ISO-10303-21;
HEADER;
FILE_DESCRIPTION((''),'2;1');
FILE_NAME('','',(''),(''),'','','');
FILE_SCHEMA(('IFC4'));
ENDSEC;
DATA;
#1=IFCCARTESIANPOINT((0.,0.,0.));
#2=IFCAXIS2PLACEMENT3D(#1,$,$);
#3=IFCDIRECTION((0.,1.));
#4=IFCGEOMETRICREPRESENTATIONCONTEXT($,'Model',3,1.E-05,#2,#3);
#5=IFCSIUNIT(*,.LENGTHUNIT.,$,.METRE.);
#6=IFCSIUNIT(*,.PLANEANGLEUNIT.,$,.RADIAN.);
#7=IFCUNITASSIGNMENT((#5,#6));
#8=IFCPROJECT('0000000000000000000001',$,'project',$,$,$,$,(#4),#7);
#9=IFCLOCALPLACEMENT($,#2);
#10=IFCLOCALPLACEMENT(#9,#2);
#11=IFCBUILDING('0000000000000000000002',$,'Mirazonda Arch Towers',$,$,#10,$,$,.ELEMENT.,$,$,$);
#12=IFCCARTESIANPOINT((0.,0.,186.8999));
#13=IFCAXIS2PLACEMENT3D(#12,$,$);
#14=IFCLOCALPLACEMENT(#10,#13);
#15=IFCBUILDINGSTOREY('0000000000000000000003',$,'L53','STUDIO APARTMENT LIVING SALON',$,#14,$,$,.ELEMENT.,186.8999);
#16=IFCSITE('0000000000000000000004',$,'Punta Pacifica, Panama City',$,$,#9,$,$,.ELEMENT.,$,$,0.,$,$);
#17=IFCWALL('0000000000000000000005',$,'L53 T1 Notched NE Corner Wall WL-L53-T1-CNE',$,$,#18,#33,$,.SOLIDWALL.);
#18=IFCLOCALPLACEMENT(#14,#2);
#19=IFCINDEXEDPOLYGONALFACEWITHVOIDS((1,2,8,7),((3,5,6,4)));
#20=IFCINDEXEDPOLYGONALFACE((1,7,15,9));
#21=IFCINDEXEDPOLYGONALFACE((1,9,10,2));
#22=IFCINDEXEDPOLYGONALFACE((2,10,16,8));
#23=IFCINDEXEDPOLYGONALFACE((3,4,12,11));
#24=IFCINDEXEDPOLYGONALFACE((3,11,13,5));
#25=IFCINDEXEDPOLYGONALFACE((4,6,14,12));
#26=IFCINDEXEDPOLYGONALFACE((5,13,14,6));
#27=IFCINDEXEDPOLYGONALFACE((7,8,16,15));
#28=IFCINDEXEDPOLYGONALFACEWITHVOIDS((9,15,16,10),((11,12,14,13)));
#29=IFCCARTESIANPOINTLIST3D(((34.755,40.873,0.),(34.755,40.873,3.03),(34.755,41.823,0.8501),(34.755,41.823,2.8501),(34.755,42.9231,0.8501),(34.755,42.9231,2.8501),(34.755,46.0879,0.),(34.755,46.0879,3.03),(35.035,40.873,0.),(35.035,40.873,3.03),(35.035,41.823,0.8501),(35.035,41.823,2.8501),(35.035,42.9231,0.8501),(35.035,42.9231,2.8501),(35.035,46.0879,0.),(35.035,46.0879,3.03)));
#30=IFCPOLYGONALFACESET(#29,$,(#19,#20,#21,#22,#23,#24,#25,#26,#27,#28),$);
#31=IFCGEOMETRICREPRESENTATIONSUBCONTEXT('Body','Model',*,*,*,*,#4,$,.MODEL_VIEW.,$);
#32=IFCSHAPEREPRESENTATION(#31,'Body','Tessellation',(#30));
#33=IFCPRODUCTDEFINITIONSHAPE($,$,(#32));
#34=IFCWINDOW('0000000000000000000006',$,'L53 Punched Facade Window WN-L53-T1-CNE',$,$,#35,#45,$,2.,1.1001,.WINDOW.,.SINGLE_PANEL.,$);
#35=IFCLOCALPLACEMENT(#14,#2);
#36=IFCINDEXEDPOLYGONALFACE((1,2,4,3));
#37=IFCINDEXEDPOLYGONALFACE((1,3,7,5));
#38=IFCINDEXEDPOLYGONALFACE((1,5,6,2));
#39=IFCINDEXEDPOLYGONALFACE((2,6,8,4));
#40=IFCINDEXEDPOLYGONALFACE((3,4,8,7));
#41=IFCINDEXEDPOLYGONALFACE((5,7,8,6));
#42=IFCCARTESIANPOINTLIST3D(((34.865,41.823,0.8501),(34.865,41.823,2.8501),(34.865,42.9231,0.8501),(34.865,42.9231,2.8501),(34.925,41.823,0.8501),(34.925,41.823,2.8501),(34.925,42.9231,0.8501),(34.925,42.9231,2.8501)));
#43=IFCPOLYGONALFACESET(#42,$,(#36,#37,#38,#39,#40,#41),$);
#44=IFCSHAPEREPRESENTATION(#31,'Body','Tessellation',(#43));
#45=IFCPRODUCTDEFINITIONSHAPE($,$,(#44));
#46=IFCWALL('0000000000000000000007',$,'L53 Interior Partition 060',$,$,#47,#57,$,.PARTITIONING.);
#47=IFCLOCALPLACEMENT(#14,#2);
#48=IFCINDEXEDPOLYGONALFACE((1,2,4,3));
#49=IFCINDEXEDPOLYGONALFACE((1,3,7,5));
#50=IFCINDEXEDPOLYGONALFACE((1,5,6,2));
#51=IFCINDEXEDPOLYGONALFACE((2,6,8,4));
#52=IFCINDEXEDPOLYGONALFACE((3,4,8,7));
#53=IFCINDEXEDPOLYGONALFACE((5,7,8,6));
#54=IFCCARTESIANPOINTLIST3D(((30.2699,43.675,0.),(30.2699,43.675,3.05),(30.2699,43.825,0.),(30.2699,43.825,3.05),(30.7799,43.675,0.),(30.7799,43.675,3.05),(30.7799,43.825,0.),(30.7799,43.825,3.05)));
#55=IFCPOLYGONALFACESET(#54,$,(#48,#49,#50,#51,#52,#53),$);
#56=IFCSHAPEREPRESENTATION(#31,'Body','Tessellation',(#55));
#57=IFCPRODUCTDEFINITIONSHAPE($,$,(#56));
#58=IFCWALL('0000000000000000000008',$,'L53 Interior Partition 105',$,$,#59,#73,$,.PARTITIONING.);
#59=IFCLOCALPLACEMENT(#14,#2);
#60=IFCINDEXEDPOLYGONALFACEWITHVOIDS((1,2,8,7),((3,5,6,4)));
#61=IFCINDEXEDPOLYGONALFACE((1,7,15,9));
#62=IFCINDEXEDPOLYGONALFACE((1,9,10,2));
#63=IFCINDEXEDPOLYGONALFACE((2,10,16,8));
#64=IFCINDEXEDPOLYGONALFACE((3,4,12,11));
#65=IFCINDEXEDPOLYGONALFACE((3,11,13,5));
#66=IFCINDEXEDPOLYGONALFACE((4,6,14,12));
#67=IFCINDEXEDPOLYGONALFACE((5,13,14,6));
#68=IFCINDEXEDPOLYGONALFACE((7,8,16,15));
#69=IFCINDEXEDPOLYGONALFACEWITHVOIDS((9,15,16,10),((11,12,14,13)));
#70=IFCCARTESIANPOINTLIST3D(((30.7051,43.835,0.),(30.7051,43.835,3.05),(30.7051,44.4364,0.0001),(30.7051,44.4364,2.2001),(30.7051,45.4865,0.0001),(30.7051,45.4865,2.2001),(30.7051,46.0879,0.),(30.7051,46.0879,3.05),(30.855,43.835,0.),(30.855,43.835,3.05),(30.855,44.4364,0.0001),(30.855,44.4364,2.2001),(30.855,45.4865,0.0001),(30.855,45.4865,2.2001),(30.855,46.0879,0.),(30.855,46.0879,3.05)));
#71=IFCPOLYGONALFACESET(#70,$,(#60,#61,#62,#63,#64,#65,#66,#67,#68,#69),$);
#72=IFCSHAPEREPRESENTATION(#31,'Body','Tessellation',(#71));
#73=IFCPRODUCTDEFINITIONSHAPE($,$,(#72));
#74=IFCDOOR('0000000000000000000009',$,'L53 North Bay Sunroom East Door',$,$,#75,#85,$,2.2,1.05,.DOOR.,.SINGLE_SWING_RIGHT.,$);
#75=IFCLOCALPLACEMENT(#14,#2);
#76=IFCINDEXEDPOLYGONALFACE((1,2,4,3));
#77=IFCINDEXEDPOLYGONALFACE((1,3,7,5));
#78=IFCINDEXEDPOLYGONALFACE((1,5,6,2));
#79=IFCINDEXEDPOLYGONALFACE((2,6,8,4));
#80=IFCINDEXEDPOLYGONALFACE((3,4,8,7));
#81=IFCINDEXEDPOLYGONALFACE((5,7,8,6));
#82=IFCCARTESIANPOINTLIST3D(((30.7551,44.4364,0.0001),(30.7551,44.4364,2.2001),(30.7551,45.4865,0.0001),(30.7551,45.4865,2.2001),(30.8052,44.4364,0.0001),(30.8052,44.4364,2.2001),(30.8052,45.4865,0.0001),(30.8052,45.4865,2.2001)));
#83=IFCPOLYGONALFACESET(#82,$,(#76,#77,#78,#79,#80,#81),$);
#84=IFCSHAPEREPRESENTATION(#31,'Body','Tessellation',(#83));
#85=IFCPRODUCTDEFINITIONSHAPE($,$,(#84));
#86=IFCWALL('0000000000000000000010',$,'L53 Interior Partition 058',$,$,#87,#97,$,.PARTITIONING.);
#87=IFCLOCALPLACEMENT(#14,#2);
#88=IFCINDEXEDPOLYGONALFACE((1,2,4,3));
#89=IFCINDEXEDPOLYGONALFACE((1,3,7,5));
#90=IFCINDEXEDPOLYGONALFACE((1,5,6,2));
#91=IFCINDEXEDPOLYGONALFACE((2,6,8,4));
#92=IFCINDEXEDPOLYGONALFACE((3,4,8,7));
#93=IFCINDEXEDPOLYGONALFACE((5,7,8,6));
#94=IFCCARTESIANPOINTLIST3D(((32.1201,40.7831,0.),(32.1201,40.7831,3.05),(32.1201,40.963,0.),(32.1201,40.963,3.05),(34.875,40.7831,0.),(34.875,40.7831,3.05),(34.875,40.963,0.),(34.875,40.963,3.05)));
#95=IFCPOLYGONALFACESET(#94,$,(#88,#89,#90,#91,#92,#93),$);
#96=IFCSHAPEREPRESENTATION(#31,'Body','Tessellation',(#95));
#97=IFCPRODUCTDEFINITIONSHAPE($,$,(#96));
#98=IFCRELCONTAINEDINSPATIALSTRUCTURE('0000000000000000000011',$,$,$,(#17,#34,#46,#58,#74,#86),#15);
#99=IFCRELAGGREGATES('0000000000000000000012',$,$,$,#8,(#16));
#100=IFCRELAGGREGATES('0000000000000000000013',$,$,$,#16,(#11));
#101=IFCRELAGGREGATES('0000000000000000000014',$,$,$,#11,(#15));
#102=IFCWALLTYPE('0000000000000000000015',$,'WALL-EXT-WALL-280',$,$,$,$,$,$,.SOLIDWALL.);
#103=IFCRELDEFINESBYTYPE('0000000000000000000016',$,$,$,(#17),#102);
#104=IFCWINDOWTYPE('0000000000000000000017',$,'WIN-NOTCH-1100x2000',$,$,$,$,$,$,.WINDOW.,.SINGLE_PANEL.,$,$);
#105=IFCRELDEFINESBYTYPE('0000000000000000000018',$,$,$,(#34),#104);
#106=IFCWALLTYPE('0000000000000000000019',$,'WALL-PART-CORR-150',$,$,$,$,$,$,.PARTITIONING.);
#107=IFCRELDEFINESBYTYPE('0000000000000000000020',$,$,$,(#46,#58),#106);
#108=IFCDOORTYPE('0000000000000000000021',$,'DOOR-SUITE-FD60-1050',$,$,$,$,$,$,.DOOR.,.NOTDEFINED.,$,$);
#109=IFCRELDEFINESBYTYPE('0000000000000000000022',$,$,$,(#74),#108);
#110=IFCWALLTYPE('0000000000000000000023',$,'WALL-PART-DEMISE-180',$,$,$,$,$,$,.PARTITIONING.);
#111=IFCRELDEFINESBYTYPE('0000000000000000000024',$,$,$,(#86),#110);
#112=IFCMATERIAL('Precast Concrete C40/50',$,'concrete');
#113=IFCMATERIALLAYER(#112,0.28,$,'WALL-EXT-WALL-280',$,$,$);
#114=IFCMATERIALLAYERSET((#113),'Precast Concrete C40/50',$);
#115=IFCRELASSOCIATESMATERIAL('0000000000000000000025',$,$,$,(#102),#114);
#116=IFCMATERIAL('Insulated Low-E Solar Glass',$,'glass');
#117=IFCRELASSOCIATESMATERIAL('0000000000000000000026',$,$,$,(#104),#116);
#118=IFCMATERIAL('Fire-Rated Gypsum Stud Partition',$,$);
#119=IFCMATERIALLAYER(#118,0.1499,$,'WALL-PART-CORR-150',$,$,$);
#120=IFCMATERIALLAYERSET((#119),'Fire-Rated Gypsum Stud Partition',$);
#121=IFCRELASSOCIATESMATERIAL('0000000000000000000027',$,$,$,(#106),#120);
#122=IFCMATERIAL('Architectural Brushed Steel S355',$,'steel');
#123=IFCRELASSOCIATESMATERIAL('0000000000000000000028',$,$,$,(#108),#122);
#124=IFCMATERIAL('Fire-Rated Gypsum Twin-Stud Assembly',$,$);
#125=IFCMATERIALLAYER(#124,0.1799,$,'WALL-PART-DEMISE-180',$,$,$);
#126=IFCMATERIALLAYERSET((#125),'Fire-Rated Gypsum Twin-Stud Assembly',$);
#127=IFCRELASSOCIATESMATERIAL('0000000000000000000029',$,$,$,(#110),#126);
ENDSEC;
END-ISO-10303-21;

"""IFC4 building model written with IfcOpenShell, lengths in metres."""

from ifc_helpers import new_model, si_unit, direction, frame, frame_2d, origin, place, context, subcontext, project, spatial, rectangle, extrude, material, layer, layer_set, type_object, element, fill, save


model = new_model("IFC4")

# Units and contexts
model_context = context("Model", 3, precision=1e-05, world=origin(), true_north=direction((0.0, 1.0)))
body_context = subcontext(model_context, "Body", "Model", "MODEL_VIEW")
ifc_project = project(units=[si_unit("LENGTHUNIT", "METRE"), si_unit("PLANEANGLEUNIT", "RADIAN")], contexts=[model_context])

# Site, building, storey
site_placement = place(None, origin())
site = spatial("IfcSite", under=ifc_project, at=site_placement, Name="Punta Pacifica, Panama City", CompositionType="ELEMENT", RefElevation=0.0)
building_placement = place(site_placement, origin())
building = spatial("IfcBuilding", under=site, at=building_placement, Name="Mirazonda Arch Towers", CompositionType="ELEMENT")
storey_placement = place(building_placement, frame((0.0, 0.0, 186.8999)))
storey = spatial("IfcBuildingStorey", under=building, at=storey_placement, Name="L53", Description="STUDIO APARTMENT LIVING SALON", CompositionType="ELEMENT", Elevation=186.8999)

# Shared definitions
ifc_material_1 = material(Name="Insulated Low-E Solar Glass", Category="glass")

# Wall, opening, window
ifc_material_2 = material(Name="Precast Concrete C40/50", Category="concrete")
ifc_layer_1 = layer(ifc_material_2, 0.28, Name="WALL-EXT-WALL-280")
ifc_layer_set_1 = layer_set([ifc_layer_1], Name="Precast Concrete C40/50")
wall_type_1 = type_object("IfcWallType", Name="WALL-EXT-WALL-280", PredefinedType="SOLIDWALL", material=ifc_layer_set_1)
wall_1_placement = place(storey_placement, frame((34.895, 40.873, 0.0), z_axis=(0.0, 0.0, 1.0), x_axis=(0.0, 1.0, 0.0)))
wall_1 = element("IfcWall", 1, at=wall_1_placement, inside=storey, type_object=wall_type_1, Name="L53 T1 Notched NE Corner Wall WL-L53-T1-CNE", PredefinedType="SOLIDWALL", context=body_context, shape_type="SweptSolid", body=[
    extrude(rectangle(XDim=5.2148, YDim=0.28, at=frame_2d((2.6074, 0.0))), origin(), (0.0, 0.0, 1.0), 3.03),
])
opening_1_placement = place(wall_1_placement, frame((0.95, 0.0, 0.8501)))
opening_1 = element("IfcOpeningElement", 2, at=opening_1_placement, cuts=wall_1, PredefinedType="OPENING", context=body_context, shape_type="SweptSolid", body=[
    extrude(rectangle(XDim=1.1001, YDim=2.0, at=frame_2d((0.55, 1.0))), frame((0.0, 0.1499, 0.0), z_axis=(0.0, -1.0, 0.0), x_axis=(1.0, 0.0, 0.0)), (0.0, 0.0, 1.0), 0.3),
])
window_type = type_object("IfcWindowType", Name="WIN-NOTCH-1100x2000", PartitioningType="SINGLE_PANEL", PredefinedType="WINDOW", material=ifc_material_1)
window_placement = place(opening_1_placement, origin())
window = element("IfcWindow", 3, at=window_placement, inside=storey, type_object=window_type, Name="L53 Punched Facade Window WN-L53-T1-CNE", OverallHeight=2.0, OverallWidth=1.1001, PartitioningType="SINGLE_PANEL", PredefinedType="WINDOW", context=body_context, shape_type="SweptSolid", body=[
    extrude(rectangle(XDim=1.1001, YDim=2.0, at=frame_2d((0.55, 1.0))), frame((0.0, 0.03, 0.0), z_axis=(0.0, -1.0, 0.0), x_axis=(1.0, 0.0, 0.0)), (0.0, 0.0, 1.0), 0.0601),
])
fill(opening_1, window)

# Wall
ifc_material_3 = material(Name="Fire-Rated Gypsum Stud Partition")
ifc_layer_2 = layer(ifc_material_3, 0.1499, Name="WALL-PART-CORR-150")
ifc_layer_set_2 = layer_set([ifc_layer_2], Name="Fire-Rated Gypsum Stud Partition")
wall_type_2 = type_object("IfcWallType", Name="WALL-PART-CORR-150", PredefinedType="PARTITIONING", material=ifc_layer_set_2)
wall_2_placement = place(storey_placement, frame((30.27, 43.75, 0.0), z_axis=(0.0, 0.0, 1.0), x_axis=(1.0, 0.0, 0.0)))
element("IfcWall", 4, at=wall_2_placement, inside=storey, type_object=wall_type_2, Name="L53 Interior Partition 060", PredefinedType="PARTITIONING", context=body_context, shape_type="SweptSolid", body=[
    extrude(rectangle(XDim=0.51, YDim=0.1499, at=frame_2d((0.2549, 0.0))), origin(), (0.0, 0.0, 1.0), 3.05),
])

# Wall, opening, door
wall_3_placement = place(storey_placement, frame((30.78, 43.835, 0.0), z_axis=(0.0, 0.0, 1.0), x_axis=(0.0, 1.0, 0.0)))
wall_3 = element("IfcWall", 5, at=wall_3_placement, inside=storey, type_object=wall_type_2, Name="L53 Interior Partition 105", PredefinedType="PARTITIONING", context=body_context, shape_type="SweptSolid", body=[
    extrude(rectangle(XDim=2.2529, YDim=0.1499, at=frame_2d((1.1265, 0.0))), origin(), (0.0, 0.0, 1.0), 3.05),
])
opening_2_placement = place(wall_3_placement, frame((0.6016, 0.0, 0.0)))
opening_2 = element("IfcOpeningElement", 6, at=opening_2_placement, cuts=wall_3, PredefinedType="OPENING", context=body_context, shape_type="SweptSolid", body=[
    extrude(rectangle(XDim=1.05, YDim=2.2, at=frame_2d((0.5249, 1.1001))), frame((0.0, 0.085, 0.0), z_axis=(0.0, -1.0, 0.0), x_axis=(1.0, 0.0, 0.0)), (0.0, 0.0, 1.0), 0.1699),
])
ifc_material_4 = material(Name="Architectural Brushed Steel S355", Category="steel")
door_type_1 = type_object("IfcDoorType", Name="DOOR-SUITE-FD60-1050", OperationType="NOTDEFINED", PredefinedType="DOOR", material=ifc_material_4)
door_1_placement = place(opening_2_placement, origin())
door_1 = element("IfcDoor", 7, at=door_1_placement, inside=storey, type_object=door_type_1, Name="L53 North Bay Sunroom East Door", OperationType="SINGLE_SWING_RIGHT", OverallHeight=2.2, OverallWidth=1.05, PredefinedType="DOOR", context=body_context, shape_type="SweptSolid", body=[
    extrude(rectangle(XDim=1.05, YDim=2.2, at=frame_2d((0.5249, 1.1001))), frame((0.0, 0.0249, 0.0), z_axis=(0.0, -1.0, 0.0), x_axis=(1.0, 0.0, 0.0)), (0.0, 0.0, 1.0), 0.05),
])
fill(opening_2, door_1)

# Wall
ifc_material_5 = material(Name="Fire-Rated Gypsum Twin-Stud Assembly")
ifc_layer_3 = layer(ifc_material_5, 0.1799, Name="WALL-PART-DEMISE-180")
ifc_layer_set_3 = layer_set([ifc_layer_3], Name="Fire-Rated Gypsum Twin-Stud Assembly")
wall_type_3 = type_object("IfcWallType", Name="WALL-PART-DEMISE-180", PredefinedType="PARTITIONING", material=ifc_layer_set_3)
wall_4_placement = place(storey_placement, frame((32.1201, 40.873, 0.0), z_axis=(0.0, 0.0, 1.0), x_axis=(1.0, 0.0, 0.0)))
element("IfcWall", 8, at=wall_4_placement, inside=storey, type_object=wall_type_3, Name="L53 Interior Partition 058", PredefinedType="PARTITIONING", context=body_context, shape_type="SweptSolid", body=[
    extrude(rectangle(XDim=2.7549, YDim=0.1799, at=frame_2d((1.3774, 0.0))), origin(), (0.0, 0.0, 1.0), 3.05),
])

save(model, "model.ifc")
